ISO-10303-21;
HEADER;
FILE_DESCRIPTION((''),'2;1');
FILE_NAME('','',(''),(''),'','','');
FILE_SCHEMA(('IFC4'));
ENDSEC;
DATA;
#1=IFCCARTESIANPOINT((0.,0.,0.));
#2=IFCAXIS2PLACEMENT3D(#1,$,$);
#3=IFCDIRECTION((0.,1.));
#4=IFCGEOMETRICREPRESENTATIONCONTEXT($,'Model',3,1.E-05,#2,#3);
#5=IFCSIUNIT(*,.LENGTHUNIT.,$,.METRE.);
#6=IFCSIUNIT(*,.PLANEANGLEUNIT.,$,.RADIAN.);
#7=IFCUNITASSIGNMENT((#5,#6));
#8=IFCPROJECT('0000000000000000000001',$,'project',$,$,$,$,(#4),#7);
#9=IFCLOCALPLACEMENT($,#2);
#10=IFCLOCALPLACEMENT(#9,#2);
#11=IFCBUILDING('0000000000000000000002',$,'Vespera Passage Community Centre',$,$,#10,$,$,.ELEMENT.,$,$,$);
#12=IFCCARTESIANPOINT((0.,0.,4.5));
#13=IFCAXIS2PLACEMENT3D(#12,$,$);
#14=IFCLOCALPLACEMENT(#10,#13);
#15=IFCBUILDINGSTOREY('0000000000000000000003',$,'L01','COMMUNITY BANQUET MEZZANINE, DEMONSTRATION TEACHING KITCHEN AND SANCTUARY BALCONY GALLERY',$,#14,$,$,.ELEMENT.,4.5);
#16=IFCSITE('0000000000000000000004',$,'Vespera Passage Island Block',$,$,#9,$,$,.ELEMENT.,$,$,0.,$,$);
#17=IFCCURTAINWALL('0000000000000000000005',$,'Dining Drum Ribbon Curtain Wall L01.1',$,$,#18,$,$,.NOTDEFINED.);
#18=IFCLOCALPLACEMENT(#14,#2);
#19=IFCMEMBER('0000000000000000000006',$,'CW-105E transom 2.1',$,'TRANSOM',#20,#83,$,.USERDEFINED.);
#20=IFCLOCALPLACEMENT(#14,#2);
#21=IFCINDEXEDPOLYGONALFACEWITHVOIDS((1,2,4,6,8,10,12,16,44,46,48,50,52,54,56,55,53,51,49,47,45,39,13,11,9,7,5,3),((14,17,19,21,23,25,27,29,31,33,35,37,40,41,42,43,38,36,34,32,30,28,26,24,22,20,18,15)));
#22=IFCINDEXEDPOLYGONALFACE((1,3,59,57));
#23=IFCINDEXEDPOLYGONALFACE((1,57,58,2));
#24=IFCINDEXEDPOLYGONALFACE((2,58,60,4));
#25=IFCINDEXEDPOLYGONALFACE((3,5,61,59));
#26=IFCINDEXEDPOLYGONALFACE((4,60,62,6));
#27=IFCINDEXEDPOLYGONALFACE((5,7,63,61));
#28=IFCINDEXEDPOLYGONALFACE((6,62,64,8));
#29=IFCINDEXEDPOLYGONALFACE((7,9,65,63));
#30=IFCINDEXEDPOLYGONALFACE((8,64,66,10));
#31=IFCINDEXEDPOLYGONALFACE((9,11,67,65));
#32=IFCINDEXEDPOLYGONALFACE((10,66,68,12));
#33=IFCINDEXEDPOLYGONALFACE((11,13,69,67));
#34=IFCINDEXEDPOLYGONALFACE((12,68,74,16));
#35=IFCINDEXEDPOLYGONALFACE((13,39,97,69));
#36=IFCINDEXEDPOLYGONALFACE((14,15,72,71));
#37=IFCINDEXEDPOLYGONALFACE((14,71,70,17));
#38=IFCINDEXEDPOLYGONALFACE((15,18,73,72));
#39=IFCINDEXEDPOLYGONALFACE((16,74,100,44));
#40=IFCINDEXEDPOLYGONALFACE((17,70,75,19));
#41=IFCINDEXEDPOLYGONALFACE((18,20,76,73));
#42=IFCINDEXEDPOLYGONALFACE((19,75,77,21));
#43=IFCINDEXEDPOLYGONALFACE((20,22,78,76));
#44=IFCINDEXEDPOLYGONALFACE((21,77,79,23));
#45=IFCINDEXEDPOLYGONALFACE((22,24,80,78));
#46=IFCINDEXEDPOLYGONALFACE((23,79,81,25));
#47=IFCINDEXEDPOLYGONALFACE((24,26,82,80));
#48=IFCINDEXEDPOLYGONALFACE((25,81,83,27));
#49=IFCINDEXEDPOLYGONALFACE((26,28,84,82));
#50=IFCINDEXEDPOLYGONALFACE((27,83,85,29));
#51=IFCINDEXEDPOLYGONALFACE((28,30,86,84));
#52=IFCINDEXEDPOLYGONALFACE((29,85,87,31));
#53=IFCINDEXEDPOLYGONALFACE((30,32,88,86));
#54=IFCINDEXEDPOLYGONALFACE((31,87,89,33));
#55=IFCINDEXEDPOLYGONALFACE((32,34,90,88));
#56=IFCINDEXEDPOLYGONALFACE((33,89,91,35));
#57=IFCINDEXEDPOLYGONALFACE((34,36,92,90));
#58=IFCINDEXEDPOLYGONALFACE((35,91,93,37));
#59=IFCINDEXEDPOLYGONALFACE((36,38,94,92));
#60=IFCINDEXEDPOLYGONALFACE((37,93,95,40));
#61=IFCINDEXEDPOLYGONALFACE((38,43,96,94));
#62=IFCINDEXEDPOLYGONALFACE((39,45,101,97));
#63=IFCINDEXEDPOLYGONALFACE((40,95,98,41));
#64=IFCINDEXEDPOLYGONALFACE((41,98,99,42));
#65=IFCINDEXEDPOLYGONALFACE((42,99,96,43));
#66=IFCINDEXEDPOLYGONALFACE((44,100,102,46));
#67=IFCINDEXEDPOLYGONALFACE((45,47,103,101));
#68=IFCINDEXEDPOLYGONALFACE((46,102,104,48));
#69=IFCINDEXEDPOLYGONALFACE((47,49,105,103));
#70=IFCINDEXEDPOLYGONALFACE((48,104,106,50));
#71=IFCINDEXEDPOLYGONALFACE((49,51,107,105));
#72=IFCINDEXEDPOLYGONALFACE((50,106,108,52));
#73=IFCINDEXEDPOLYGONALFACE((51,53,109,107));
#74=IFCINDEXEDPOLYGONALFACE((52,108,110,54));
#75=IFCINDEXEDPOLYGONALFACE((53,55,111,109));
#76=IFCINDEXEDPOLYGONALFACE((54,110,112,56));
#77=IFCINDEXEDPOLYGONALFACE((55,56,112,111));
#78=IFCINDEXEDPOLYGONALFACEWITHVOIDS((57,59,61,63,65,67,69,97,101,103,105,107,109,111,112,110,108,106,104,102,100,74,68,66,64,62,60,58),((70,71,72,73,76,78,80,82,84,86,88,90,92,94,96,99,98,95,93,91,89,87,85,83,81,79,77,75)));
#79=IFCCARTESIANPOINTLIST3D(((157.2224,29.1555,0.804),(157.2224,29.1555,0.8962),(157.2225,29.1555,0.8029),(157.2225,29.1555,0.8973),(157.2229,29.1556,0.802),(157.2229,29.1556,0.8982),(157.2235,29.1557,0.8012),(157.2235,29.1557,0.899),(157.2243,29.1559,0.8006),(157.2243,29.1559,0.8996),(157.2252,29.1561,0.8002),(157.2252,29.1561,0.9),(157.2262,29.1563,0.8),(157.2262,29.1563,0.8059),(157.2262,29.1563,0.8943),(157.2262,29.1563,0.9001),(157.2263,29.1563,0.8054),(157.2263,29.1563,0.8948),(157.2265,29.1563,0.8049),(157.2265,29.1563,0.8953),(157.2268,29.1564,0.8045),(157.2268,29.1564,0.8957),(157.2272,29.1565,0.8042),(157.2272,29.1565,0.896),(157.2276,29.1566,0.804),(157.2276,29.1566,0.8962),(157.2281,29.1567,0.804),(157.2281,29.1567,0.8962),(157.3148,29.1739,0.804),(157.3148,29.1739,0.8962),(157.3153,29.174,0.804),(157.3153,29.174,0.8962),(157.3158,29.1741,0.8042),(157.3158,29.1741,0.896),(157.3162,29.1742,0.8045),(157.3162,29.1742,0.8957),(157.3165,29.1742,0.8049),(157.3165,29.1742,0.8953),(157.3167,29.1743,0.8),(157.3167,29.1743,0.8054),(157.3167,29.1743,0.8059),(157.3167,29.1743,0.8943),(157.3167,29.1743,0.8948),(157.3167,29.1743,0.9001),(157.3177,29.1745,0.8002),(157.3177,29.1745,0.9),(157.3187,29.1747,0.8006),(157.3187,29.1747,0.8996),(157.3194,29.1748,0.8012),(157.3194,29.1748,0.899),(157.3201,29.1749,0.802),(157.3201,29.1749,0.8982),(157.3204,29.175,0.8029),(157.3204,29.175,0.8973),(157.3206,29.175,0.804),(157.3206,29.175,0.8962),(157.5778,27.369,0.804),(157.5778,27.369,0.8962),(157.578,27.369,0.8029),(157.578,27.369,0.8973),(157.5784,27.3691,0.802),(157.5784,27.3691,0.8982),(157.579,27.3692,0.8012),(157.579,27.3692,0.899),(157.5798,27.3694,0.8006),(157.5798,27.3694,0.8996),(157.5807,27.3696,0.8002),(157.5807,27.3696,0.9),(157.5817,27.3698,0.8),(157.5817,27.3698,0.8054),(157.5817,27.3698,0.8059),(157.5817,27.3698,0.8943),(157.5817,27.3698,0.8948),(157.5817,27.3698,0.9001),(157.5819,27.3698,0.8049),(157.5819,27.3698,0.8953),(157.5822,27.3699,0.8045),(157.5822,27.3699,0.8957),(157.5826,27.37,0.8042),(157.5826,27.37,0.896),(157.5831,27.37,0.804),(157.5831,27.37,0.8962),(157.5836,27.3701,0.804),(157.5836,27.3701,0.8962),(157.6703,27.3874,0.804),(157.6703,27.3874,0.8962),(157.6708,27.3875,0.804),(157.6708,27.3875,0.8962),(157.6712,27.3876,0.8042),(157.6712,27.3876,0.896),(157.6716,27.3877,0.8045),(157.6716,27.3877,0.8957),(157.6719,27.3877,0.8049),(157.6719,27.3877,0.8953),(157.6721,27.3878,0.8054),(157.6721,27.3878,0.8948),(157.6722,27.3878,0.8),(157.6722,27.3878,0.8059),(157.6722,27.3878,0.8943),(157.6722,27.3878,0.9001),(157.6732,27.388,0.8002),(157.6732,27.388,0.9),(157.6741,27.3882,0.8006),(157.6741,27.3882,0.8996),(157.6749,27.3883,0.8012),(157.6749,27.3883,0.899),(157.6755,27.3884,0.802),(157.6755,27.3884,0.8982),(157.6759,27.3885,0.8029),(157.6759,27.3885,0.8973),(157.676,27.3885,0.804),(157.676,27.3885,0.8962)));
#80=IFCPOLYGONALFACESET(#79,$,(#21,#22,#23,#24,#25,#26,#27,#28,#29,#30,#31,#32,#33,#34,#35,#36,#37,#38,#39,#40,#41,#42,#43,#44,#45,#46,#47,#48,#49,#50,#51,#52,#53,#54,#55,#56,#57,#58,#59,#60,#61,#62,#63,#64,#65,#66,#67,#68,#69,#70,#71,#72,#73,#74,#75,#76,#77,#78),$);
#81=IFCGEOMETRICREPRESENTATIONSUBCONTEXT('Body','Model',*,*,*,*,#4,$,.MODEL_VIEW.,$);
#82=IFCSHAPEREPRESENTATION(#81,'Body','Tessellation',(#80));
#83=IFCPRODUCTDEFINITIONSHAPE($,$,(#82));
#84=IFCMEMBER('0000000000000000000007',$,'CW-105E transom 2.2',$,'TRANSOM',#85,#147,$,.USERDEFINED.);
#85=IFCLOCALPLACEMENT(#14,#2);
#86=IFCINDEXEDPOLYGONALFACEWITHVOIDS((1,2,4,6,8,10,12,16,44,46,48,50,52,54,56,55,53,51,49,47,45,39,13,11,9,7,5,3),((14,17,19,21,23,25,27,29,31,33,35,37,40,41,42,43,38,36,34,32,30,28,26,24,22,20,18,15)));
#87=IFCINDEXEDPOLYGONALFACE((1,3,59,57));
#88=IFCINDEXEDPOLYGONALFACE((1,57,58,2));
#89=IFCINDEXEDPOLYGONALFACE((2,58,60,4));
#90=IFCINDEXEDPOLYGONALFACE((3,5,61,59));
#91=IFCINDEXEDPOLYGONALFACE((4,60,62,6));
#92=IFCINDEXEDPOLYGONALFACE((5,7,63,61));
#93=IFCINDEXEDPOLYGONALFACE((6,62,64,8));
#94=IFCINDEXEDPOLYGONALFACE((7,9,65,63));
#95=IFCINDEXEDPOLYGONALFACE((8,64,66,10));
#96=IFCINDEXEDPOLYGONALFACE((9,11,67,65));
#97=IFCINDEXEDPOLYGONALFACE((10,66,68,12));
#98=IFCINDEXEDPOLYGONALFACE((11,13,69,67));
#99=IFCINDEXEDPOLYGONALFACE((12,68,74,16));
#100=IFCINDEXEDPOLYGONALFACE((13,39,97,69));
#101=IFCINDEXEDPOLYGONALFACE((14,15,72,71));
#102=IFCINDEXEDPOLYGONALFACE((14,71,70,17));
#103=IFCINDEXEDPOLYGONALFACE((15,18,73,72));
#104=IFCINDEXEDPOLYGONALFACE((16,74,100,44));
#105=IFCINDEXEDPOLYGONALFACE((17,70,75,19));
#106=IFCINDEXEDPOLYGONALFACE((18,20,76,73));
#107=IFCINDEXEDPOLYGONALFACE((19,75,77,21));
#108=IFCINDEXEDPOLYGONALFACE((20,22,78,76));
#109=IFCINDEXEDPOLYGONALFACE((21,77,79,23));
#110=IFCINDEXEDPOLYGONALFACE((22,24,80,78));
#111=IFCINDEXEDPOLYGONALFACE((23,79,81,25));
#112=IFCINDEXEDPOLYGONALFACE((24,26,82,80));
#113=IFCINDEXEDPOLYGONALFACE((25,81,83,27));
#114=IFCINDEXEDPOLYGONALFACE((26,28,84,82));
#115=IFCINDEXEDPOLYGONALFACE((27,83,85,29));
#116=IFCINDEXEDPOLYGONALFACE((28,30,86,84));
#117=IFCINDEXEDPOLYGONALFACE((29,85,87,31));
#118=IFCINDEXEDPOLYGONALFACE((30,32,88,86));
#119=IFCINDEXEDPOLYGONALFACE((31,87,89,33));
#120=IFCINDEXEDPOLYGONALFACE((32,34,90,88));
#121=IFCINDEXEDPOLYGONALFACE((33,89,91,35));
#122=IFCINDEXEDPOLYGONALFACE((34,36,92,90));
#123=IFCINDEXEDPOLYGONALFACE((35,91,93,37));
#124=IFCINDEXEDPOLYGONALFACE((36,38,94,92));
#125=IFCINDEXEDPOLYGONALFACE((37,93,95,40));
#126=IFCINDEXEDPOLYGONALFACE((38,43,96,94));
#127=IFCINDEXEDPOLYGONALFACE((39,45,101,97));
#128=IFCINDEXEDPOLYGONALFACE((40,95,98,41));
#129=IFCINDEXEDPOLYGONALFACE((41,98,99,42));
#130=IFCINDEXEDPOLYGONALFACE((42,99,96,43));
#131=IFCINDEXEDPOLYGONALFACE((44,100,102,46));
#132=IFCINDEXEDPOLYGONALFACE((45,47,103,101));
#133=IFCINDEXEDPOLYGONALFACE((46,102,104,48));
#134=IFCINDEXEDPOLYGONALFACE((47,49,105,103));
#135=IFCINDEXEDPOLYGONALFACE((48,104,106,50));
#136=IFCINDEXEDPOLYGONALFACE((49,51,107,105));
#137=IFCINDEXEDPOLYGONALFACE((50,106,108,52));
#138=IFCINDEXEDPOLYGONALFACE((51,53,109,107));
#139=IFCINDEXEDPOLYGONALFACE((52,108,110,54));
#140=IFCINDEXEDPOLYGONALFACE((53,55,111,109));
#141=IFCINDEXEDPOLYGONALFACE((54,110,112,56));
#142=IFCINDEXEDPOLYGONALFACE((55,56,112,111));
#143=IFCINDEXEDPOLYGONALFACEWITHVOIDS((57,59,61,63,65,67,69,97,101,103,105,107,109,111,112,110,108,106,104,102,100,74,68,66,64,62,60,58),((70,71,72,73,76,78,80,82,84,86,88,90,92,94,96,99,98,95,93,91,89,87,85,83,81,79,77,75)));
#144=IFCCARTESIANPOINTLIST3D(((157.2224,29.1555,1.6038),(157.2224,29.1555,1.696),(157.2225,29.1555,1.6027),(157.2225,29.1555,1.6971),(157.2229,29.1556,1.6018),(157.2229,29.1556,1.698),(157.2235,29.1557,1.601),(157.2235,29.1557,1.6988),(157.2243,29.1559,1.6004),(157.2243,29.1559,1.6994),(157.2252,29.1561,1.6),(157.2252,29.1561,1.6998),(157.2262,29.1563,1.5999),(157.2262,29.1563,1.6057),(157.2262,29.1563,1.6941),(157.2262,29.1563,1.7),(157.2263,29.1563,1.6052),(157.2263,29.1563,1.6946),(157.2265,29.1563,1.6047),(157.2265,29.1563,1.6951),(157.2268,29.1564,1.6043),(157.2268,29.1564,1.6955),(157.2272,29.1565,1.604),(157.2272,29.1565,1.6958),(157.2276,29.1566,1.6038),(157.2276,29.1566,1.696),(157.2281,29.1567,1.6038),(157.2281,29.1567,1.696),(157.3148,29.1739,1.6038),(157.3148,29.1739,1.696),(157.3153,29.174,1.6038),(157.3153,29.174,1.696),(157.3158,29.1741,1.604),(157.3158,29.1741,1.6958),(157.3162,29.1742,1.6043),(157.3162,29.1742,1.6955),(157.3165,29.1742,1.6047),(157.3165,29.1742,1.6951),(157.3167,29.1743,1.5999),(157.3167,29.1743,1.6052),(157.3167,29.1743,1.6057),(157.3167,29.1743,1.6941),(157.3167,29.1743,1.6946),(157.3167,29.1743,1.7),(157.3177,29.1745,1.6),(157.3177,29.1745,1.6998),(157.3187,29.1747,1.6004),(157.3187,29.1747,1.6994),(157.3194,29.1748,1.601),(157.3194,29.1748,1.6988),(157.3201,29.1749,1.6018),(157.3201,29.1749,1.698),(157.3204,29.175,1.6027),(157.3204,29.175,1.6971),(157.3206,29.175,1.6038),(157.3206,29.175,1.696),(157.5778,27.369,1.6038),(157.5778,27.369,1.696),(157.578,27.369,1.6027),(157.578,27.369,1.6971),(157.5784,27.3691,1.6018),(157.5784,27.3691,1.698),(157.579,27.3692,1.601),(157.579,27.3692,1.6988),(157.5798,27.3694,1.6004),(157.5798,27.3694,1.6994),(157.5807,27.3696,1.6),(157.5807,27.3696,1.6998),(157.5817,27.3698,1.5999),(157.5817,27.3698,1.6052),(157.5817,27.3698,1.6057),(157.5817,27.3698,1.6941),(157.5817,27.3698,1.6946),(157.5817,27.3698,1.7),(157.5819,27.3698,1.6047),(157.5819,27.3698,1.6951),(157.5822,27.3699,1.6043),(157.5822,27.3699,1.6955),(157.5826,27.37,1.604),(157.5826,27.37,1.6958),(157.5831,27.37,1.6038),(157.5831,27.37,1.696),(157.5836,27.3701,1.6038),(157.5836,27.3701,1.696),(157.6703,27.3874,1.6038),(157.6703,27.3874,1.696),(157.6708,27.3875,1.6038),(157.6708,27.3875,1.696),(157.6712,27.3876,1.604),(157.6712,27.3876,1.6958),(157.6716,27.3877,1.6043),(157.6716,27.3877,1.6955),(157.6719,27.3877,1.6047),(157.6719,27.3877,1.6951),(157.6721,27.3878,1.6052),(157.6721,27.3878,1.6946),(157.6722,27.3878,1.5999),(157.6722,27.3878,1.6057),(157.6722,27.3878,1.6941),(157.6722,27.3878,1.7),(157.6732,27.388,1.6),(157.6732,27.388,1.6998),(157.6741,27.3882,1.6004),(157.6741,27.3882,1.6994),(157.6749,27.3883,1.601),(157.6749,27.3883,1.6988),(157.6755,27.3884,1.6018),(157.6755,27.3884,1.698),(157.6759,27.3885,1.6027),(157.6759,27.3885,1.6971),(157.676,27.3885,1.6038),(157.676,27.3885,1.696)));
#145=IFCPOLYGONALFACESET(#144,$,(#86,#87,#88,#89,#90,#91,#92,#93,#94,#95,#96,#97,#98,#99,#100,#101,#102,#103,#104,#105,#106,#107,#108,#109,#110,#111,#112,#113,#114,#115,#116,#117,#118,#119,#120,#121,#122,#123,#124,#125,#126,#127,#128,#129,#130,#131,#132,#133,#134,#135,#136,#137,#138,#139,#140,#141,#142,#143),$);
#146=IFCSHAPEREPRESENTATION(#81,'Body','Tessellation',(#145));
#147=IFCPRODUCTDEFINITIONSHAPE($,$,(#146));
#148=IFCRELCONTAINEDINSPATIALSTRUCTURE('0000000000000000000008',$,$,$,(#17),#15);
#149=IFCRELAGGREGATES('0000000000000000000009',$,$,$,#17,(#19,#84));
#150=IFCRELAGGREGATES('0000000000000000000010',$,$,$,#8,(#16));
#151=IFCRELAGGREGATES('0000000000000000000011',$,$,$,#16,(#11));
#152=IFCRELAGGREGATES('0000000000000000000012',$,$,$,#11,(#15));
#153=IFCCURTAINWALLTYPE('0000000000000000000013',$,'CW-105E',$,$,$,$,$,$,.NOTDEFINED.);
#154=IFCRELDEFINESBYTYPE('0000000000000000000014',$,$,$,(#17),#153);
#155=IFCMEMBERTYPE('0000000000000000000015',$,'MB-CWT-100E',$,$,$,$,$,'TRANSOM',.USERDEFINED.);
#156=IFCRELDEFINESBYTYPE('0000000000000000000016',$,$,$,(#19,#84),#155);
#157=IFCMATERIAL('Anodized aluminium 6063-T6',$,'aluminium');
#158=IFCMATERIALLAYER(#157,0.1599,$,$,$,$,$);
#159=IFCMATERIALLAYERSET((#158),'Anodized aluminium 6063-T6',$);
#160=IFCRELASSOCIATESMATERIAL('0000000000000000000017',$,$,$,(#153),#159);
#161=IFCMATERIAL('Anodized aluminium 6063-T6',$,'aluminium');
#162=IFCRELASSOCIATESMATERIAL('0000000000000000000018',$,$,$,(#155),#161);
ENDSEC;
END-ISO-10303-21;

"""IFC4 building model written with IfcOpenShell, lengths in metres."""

from ifc_helpers import new_model, si_unit, direction, frame, origin, origin_2d, place, context, subcontext, project, spatial, hollow_rectangle, extrude, material, layer, layer_set, material_profile, profile_set, type_object, element, aggregate, save


model = new_model("IFC4")

# Units and contexts
model_context = context("Model", 3, precision=1e-05, world=origin(), true_north=direction((0.0, 1.0)))
body_context = subcontext(model_context, "Body", "Model", "MODEL_VIEW")
ifc_project = project(units=[si_unit("LENGTHUNIT", "METRE"), si_unit("PLANEANGLEUNIT", "RADIAN")], contexts=[model_context])

# Site, building, storey
site_placement = place(None, origin())
site = spatial("IfcSite", under=ifc_project, at=site_placement, Name="Vespera Passage Island Block", CompositionType="ELEMENT", RefElevation=0.0)
building_placement = place(site_placement, origin())
building = spatial("IfcBuilding", under=site, at=building_placement, Name="Vespera Passage Community Centre", CompositionType="ELEMENT")
storey_placement = place(building_placement, frame((0.0, 0.0, 4.5)))
storey = spatial("IfcBuildingStorey", under=building, at=storey_placement, Name="L01", Description="COMMUNITY BANQUET MEZZANINE, DEMONSTRATION TEACHING KITCHEN AND SANCTUARY BALCONY GALLERY", CompositionType="ELEMENT", Elevation=4.5)

# Curtain wall
ifc_material_1 = material(Name="Anodized aluminium 6063-T6", Category="aluminium")
ifc_layer_1 = layer(ifc_material_1, 0.1599)
ifc_layer_set_1 = layer_set([ifc_layer_1], Name="Anodized aluminium 6063-T6")
curtain_wall_type = type_object("IfcCurtainWallType", Name="CW-105E", PredefinedType="NOTDEFINED", material=ifc_layer_set_1)
curtain_wall_1_placement = place(storey_placement, origin())
curtain_wall_1 = element("IfcCurtainWall", 1, at=curtain_wall_1_placement, inside=storey, type_object=curtain_wall_type, Name="Dining Drum Ribbon Curtain Wall L01.1", PredefinedType="NOTDEFINED")

# Members
ifc_material_2 = material(Name="Anodized aluminium 6063-T6", Category="aluminium")
ifc_material_profile_1 = material_profile(ifc_material_2, hollow_rectangle(XDim=0.1001, YDim=0.1001, WallThickness=0.0039, InnerFilletRadius=0.002, OuterFilletRadius=0.0039, at=origin_2d()), Name="ALU100X100X4")
ifc_profile_set_1 = profile_set([ifc_material_profile_1], Name="Anodized aluminium 6063-T6")
member_type_1 = type_object("IfcMemberType", Name="MB-CWT-100E", ElementType="TRANSOM", PredefinedType="USERDEFINED", material=ifc_profile_set_1)
member_1_placement = place(storey_placement, frame((157.2715, 29.1653, 0.8501), z_axis=(0.195137, -0.980776, 0.0), x_axis=(0.980776, 0.195137, 0.0)))
member_1 = element("IfcMember", 2, at=member_1_placement, type_object=member_type_1, Name="CW-105E transom 2.1", ObjectType="TRANSOM", PredefinedType="USERDEFINED", context=body_context, shape_type="SweptSolid", body=[
    extrude(hollow_rectangle(XDim=0.1001, YDim=0.1001, WallThickness=0.0039, InnerFilletRadius=0.002, OuterFilletRadius=0.0039, at=origin_2d()), origin(), (0.0, 0.0, 1.0), 1.8215),
])
member_2_placement = place(storey_placement, frame((157.2715, 29.1653, 1.6499), z_axis=(0.195137, -0.980776, 0.0), x_axis=(0.980776, 0.195137, 0.0)))
member_2 = element("IfcMember", 3, at=member_2_placement, type_object=member_type_1, Name="CW-105E transom 2.2", ObjectType="TRANSOM", PredefinedType="USERDEFINED", context=body_context, shape_type="SweptSolid", body=[
    extrude(hollow_rectangle(XDim=0.1001, YDim=0.1001, WallThickness=0.0039, InnerFilletRadius=0.002, OuterFilletRadius=0.0039, at=origin_2d()), origin(), (0.0, 0.0, 1.0), 1.8215),
])

aggregate(curtain_wall_1, [member_1, member_2])

save(model, "model.ifc")
